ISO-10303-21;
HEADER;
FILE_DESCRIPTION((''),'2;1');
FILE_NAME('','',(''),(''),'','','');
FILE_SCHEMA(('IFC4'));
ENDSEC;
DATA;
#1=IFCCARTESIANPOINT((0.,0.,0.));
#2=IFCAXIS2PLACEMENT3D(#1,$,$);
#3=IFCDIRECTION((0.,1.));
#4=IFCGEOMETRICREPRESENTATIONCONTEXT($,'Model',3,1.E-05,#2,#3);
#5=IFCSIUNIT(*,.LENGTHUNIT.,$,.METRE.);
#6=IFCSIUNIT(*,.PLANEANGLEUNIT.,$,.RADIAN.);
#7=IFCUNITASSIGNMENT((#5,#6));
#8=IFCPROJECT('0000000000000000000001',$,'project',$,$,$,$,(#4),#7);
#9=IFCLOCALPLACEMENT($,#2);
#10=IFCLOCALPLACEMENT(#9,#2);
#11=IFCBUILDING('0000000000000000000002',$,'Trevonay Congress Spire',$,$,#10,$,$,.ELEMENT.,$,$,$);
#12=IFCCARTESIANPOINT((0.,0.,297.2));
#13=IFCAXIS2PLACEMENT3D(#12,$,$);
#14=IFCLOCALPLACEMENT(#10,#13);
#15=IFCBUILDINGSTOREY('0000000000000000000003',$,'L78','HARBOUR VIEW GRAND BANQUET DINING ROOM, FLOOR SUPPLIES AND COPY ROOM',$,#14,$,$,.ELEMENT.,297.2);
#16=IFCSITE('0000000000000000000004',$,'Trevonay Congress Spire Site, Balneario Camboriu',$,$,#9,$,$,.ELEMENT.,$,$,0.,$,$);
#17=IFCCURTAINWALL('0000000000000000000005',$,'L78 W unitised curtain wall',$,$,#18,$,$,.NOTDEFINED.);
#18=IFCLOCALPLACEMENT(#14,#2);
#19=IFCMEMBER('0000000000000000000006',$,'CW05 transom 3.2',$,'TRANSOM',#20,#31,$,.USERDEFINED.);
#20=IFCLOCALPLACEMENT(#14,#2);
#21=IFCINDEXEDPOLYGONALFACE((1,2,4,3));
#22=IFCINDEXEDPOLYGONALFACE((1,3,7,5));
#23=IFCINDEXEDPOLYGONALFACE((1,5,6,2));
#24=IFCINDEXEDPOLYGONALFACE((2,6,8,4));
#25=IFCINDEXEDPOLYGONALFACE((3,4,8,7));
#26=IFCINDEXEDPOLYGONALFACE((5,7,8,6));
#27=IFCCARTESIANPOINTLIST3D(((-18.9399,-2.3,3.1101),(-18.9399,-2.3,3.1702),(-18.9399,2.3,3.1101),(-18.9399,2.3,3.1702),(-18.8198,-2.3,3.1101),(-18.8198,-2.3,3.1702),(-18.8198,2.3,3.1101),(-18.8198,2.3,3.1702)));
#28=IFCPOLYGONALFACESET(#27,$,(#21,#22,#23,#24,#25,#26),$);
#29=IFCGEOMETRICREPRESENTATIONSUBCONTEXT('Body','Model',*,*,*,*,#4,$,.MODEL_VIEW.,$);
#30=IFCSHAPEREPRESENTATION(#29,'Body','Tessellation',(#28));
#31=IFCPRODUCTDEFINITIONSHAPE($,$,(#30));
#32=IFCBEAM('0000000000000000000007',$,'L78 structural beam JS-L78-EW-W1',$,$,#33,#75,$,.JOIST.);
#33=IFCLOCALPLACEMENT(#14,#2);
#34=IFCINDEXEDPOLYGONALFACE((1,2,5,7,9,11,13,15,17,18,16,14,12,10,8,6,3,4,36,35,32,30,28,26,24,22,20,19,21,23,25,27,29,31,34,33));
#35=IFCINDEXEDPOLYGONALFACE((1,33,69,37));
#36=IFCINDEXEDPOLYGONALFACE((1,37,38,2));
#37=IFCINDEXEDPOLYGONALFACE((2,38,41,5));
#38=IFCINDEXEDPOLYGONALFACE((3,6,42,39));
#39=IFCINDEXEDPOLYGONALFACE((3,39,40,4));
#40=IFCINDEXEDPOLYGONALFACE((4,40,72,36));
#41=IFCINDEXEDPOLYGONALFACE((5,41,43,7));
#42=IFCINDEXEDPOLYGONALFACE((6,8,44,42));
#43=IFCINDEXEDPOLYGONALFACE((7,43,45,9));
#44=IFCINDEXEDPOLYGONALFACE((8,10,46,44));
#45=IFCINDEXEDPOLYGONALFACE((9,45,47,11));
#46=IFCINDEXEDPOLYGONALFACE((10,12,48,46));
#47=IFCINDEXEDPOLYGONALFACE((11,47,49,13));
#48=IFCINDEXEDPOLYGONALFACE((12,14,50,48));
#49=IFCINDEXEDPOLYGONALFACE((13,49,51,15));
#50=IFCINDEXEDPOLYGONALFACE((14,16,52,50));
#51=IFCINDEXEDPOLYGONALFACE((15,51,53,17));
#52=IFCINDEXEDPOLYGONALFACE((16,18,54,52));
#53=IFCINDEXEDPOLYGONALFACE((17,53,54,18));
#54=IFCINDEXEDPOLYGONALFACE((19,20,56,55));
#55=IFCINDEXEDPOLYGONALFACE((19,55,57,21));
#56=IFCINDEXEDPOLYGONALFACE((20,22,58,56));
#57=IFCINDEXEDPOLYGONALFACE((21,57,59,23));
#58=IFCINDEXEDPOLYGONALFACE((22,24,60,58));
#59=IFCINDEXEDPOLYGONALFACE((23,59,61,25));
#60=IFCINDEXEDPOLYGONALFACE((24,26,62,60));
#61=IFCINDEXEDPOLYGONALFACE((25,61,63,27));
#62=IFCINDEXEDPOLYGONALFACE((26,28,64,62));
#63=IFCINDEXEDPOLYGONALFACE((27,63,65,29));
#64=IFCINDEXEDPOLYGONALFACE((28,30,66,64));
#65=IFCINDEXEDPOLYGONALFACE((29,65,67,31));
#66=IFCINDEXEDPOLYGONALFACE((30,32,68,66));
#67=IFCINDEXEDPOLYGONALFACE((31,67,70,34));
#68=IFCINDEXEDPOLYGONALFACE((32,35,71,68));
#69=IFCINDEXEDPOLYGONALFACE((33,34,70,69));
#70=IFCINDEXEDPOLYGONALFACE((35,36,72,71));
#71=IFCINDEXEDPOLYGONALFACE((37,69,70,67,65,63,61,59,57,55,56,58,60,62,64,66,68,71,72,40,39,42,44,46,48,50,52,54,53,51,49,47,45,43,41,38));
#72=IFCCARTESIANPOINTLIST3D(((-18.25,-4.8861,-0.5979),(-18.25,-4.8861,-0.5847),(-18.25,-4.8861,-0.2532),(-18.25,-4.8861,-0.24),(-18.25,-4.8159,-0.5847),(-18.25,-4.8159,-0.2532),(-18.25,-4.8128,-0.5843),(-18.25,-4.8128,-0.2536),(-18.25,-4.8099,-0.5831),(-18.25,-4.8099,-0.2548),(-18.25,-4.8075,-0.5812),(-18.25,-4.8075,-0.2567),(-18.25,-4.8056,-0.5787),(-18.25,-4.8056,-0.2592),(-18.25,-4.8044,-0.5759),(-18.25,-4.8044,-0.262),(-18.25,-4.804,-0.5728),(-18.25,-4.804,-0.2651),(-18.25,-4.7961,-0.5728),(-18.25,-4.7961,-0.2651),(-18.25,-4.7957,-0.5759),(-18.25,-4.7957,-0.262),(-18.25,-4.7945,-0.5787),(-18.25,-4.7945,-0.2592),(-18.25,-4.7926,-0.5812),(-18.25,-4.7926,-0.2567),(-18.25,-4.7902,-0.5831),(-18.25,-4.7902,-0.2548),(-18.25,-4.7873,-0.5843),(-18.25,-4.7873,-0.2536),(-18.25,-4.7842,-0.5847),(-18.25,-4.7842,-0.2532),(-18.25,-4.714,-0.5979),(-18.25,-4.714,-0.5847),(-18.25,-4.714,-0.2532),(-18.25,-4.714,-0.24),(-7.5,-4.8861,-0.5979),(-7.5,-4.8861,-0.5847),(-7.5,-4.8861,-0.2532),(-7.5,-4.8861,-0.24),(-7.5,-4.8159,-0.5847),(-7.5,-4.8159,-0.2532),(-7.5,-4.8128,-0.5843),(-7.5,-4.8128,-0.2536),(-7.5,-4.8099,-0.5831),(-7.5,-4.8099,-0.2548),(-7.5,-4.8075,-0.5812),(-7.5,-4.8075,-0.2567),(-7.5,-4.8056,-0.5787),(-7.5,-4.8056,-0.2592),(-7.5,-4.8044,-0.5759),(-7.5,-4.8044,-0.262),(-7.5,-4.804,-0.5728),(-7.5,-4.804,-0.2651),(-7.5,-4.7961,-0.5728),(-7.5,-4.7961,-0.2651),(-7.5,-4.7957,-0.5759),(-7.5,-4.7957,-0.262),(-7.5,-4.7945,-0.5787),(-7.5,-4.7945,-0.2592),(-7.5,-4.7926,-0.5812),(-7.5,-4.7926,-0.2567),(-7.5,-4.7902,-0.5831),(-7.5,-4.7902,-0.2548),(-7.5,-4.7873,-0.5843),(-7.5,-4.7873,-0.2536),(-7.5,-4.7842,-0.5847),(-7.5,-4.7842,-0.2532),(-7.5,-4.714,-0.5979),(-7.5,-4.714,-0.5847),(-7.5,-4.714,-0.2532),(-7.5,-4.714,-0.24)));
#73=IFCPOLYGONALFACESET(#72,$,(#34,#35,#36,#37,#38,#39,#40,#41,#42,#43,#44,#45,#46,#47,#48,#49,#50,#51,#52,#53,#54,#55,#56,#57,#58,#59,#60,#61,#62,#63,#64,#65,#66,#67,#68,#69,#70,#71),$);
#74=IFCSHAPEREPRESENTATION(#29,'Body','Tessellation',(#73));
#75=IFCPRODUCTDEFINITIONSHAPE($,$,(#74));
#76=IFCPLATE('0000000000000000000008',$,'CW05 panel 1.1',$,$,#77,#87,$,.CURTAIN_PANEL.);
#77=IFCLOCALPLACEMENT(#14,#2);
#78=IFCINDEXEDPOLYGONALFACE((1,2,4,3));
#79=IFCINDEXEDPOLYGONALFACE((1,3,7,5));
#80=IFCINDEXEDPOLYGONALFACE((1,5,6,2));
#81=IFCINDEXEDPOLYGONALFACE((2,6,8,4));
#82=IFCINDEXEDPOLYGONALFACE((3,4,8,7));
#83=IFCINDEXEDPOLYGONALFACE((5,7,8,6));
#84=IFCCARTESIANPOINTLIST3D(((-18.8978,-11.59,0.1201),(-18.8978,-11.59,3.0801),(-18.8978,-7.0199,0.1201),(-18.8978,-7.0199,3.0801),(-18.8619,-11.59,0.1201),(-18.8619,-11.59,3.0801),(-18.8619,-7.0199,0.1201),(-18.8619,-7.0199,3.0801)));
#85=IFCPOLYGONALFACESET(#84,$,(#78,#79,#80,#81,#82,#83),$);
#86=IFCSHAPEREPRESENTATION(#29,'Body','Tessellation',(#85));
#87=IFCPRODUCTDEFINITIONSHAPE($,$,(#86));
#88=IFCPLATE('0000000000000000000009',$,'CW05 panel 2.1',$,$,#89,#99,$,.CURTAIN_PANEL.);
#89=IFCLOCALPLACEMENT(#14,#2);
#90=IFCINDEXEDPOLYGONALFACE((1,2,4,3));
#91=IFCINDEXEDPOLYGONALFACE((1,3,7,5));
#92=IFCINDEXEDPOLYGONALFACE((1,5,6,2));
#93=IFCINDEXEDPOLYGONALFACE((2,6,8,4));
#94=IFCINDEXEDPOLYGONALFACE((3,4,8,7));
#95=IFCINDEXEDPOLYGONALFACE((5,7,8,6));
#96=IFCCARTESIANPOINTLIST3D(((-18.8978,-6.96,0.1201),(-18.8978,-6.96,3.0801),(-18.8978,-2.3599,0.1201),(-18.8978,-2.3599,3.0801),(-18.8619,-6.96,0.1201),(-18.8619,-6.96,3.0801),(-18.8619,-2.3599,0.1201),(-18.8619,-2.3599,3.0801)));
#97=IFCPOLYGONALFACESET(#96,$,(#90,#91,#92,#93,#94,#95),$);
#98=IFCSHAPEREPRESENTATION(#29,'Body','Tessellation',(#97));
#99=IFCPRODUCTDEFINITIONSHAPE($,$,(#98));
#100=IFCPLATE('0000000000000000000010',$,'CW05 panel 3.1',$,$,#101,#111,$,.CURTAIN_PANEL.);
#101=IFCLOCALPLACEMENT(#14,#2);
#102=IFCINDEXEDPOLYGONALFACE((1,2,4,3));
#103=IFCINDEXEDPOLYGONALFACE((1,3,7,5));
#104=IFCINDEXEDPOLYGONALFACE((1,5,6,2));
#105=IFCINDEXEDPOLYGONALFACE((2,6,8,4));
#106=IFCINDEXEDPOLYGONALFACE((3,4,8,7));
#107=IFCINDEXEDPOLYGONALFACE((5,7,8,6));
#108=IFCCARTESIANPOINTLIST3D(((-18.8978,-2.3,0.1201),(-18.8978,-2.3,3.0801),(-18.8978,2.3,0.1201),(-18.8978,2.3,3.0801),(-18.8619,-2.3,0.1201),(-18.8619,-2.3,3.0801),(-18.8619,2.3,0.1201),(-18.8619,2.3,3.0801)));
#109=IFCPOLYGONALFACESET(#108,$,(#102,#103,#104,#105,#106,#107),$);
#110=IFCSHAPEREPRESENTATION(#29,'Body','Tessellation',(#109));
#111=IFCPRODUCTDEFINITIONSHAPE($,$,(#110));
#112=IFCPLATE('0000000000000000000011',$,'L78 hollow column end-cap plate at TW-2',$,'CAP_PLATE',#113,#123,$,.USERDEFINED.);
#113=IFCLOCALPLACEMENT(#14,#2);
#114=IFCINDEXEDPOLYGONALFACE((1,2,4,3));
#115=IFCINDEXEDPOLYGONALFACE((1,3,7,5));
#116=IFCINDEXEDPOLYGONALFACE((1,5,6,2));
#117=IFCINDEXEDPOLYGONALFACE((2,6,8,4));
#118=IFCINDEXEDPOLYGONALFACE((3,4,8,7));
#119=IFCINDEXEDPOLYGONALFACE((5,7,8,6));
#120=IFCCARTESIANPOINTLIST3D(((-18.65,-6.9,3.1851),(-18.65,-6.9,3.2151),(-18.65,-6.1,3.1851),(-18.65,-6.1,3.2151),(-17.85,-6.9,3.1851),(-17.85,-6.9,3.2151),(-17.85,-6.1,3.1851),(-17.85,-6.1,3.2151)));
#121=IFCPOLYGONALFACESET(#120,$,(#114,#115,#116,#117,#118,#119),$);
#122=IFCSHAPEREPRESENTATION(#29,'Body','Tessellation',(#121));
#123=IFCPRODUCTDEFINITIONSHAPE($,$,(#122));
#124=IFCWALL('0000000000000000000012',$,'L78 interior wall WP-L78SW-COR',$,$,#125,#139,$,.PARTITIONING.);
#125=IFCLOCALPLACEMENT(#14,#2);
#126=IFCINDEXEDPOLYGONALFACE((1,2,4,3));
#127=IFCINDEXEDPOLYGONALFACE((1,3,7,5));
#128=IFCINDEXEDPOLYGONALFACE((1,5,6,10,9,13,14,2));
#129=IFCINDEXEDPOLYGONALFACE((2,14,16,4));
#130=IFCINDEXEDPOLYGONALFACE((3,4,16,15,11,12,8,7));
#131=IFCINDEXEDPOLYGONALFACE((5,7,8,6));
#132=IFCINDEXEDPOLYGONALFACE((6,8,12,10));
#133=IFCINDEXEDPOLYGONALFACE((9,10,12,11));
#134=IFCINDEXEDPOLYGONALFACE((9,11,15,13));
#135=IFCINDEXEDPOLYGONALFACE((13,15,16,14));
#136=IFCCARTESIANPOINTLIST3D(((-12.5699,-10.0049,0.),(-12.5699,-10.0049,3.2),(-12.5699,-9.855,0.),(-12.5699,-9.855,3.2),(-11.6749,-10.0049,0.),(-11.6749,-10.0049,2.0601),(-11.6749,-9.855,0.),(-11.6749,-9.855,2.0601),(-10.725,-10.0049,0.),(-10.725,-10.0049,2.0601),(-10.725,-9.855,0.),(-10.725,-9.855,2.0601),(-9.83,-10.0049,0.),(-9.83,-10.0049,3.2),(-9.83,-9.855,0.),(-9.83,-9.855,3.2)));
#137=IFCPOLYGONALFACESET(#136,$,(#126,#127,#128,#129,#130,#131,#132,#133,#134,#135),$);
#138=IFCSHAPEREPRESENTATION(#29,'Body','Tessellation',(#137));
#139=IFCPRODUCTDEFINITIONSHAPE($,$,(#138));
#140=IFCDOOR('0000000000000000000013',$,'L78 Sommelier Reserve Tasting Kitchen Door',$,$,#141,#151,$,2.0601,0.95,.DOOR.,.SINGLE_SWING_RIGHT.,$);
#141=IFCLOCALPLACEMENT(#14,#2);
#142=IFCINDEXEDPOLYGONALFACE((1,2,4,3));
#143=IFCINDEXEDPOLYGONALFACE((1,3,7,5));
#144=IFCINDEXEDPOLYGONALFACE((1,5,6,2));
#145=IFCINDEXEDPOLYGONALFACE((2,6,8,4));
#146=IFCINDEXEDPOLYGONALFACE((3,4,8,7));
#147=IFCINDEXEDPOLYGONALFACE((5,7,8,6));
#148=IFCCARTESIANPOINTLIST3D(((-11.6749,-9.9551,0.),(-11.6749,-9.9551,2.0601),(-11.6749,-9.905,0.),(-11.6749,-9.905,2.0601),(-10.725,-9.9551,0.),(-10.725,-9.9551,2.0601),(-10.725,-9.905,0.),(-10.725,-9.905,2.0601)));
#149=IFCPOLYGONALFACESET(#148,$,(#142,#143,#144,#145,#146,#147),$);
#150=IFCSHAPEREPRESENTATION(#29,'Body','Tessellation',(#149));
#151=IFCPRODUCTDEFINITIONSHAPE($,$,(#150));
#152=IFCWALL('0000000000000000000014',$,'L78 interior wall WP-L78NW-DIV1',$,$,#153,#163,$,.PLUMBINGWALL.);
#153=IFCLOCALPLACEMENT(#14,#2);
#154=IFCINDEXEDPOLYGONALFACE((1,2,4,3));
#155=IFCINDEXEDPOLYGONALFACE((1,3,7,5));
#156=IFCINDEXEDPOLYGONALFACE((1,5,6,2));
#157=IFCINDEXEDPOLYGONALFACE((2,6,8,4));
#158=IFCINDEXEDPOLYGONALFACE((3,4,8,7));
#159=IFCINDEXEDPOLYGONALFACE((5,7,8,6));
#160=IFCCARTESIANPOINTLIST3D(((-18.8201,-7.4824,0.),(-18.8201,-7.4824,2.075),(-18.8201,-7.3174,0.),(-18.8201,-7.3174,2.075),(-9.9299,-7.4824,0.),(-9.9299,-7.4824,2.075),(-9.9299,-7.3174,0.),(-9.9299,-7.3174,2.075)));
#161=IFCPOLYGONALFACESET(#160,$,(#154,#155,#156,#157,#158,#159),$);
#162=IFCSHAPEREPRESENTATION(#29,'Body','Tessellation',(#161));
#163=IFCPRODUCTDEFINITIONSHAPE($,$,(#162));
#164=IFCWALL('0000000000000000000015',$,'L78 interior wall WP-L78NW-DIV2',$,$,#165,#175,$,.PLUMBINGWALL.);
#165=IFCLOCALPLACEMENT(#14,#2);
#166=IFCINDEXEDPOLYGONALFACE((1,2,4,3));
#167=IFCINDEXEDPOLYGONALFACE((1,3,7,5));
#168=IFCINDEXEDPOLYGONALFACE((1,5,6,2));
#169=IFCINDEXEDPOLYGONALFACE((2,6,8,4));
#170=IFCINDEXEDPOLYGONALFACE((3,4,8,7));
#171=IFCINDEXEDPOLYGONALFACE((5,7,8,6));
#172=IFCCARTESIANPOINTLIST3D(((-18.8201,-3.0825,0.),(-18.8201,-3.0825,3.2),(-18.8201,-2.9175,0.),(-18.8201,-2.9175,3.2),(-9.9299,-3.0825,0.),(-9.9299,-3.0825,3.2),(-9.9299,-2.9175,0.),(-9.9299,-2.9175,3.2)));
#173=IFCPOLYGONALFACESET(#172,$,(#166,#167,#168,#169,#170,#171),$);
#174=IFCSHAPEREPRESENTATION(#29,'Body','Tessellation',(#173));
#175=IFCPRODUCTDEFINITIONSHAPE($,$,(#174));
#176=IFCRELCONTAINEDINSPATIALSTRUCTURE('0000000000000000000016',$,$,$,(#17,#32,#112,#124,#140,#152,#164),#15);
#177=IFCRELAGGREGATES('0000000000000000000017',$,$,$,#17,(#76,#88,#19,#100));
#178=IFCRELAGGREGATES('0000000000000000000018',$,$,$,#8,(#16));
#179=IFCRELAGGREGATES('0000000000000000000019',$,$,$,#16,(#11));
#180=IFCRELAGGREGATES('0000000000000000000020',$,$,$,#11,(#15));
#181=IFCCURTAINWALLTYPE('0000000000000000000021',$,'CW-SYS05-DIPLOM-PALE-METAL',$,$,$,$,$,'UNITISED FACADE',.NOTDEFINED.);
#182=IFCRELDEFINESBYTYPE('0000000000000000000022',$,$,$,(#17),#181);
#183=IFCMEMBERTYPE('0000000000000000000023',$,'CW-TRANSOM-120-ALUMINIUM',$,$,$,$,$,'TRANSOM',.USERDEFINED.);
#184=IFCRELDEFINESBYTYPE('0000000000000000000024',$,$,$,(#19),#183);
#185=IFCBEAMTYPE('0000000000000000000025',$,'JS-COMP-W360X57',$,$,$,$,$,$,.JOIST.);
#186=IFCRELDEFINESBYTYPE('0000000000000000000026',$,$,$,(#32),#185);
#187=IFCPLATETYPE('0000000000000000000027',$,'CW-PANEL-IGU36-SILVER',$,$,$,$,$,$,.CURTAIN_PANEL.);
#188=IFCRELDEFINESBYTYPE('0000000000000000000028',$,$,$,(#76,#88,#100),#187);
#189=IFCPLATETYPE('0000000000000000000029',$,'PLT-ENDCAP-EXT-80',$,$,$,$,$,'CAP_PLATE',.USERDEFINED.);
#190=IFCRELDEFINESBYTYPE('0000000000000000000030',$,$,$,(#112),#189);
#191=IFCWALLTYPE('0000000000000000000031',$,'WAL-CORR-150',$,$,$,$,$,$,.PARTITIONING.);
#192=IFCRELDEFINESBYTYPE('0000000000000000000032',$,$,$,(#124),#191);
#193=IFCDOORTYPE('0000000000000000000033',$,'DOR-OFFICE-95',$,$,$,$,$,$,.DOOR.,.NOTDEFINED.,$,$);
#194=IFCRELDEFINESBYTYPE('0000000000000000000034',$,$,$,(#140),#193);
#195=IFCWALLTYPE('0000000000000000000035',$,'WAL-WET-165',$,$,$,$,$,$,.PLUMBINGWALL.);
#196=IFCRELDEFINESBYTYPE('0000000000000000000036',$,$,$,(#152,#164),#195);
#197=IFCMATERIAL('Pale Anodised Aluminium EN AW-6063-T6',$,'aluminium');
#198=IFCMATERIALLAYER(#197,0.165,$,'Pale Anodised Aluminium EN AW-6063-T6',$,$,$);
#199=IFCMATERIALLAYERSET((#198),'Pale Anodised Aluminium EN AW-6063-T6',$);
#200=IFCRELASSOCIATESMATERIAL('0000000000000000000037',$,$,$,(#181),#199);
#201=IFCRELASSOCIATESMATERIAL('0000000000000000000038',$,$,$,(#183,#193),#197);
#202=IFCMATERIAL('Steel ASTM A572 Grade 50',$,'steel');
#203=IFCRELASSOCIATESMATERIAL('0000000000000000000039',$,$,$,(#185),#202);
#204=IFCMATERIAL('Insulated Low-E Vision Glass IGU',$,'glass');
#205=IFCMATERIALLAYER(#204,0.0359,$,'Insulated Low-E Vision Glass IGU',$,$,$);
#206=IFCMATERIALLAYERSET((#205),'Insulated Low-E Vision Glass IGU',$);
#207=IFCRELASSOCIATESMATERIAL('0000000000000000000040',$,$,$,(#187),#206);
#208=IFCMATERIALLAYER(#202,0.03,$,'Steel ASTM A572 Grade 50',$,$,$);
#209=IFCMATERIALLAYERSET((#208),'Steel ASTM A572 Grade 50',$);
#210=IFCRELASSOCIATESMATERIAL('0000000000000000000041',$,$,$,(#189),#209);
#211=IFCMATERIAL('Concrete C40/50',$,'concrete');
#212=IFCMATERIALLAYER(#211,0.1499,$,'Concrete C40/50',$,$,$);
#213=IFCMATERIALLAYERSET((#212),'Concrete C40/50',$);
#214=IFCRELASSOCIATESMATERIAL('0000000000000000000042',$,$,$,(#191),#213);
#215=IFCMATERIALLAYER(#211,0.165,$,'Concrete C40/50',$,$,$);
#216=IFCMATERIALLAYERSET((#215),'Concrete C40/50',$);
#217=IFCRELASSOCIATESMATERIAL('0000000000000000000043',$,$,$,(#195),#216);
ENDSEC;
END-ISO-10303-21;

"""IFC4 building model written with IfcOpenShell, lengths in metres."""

from ifc_helpers import new_model, si_unit, direction, frame, frame_2d, origin, origin_2d, place, context, subcontext, project, spatial, rectangle, i_section, extrude, material, layer, layer_set, material_profile, profile_set, type_object, element, fill, aggregate, save


model = new_model("IFC4")

# Units and contexts
model_context = context("Model", 3, precision=1e-05, world=origin(), true_north=direction((0.0, 1.0)))
body_context = subcontext(model_context, "Body", "Model", "MODEL_VIEW")
ifc_project = project(units=[si_unit("LENGTHUNIT", "METRE"), si_unit("PLANEANGLEUNIT", "RADIAN")], contexts=[model_context])

# Site, building, storey
site_placement = place(None, origin())
site = spatial("IfcSite", under=ifc_project, at=site_placement, Name="Trevonay Congress Spire Site, Balneario Camboriu", CompositionType="ELEMENT", RefElevation=0.0)
building_placement = place(site_placement, origin())
building = spatial("IfcBuilding", under=site, at=building_placement, Name="Trevonay Congress Spire", CompositionType="ELEMENT")
storey_placement = place(building_placement, frame((0.0, 0.0, 297.2)))
storey = spatial("IfcBuildingStorey", under=building, at=storey_placement, Name="L78", Description="HARBOUR VIEW GRAND BANQUET DINING ROOM, FLOOR SUPPLIES AND COPY ROOM", CompositionType="ELEMENT", Elevation=297.2)

# Shared definitions
ifc_material_1 = material(Name="Steel ASTM A572 Grade 50", Category="steel")

# Curtain wall, member
ifc_material_2 = material(Name="Pale Anodised Aluminium EN AW-6063-T6", Category="aluminium")
ifc_layer_1 = layer(ifc_material_2, 0.165, Name="Pale Anodised Aluminium EN AW-6063-T6")
ifc_layer_set_1 = layer_set([ifc_layer_1], Name="Pale Anodised Aluminium EN AW-6063-T6")
curtain_wall_type = type_object("IfcCurtainWallType", Name="CW-SYS05-DIPLOM-PALE-METAL", ElementType="UNITISED FACADE", PredefinedType="NOTDEFINED", material=ifc_layer_set_1)
curtain_wall_placement = place(storey_placement, origin())
curtain_wall = element("IfcCurtainWall", 1, at=curtain_wall_placement, inside=storey, type_object=curtain_wall_type, Name="L78 W unitised curtain wall", PredefinedType="NOTDEFINED")
ifc_material_profile_1 = material_profile(ifc_material_2, rectangle(XDim=0.1201, YDim=0.0601, at=origin_2d()), Name="CW-TRANSOM-120-ALUMINIUM")
ifc_profile_set_1 = profile_set([ifc_material_profile_1], Name="Pale Anodised Aluminium EN AW-6063-T6")
member_type_1 = type_object("IfcMemberType", Name="CW-TRANSOM-120-ALUMINIUM", ElementType="TRANSOM", PredefinedType="USERDEFINED", material=ifc_profile_set_1)
member_1_placement = place(storey_placement, frame((-18.8799, -2.3, 3.1401), z_axis=(0.0, 1.0, 0.0), x_axis=(-1.0, 0.0, 0.0)))
member_1 = element("IfcMember", 2, at=member_1_placement, type_object=member_type_1, Name="CW05 transom 3.2", ObjectType="TRANSOM", PredefinedType="USERDEFINED", context=body_context, shape_type="SweptSolid", body=[
    extrude(rectangle(XDim=0.1201, YDim=0.0601, at=origin_2d()), origin(), (0.0, 0.0, 1.0), 4.6001),
])

# Beam
ifc_material_profile_2 = material_profile(ifc_material_1, i_section(OverallWidth=0.1721, OverallDepth=0.3579, WebThickness=0.0078, FlangeThickness=0.0132, FilletRadius=0.012, at=origin_2d()), Name="W360x57.8")
ifc_profile_set_2 = profile_set([ifc_material_profile_2], Name="Steel ASTM A572 Grade 50")
beam_type_1 = type_object("IfcBeamType", Name="JS-COMP-W360X57", PredefinedType="JOIST", material=ifc_profile_set_2)
beam_1_placement = place(storey_placement, frame((-18.25, -4.8, -0.4189), z_axis=(1.0, 0.0, 0.0), x_axis=(0.0, 1.0, 0.0)))
element("IfcBeam", 3, at=beam_1_placement, inside=storey, type_object=beam_type_1, Name="L78 structural beam JS-L78-EW-W1", PredefinedType="JOIST", context=body_context, shape_type="SweptSolid", body=[
    extrude(i_section(OverallWidth=0.1721, OverallDepth=0.3579, WebThickness=0.0078, FlangeThickness=0.0132, FilletRadius=0.012, at=origin_2d()), origin(), (0.0, 0.0, 1.0), 10.75),
])

# Plates
ifc_material_3 = material(Name="Insulated Low-E Vision Glass IGU", Category="glass")
ifc_layer_2 = layer(ifc_material_3, 0.0359, Name="Insulated Low-E Vision Glass IGU")
ifc_layer_set_2 = layer_set([ifc_layer_2], Name="Insulated Low-E Vision Glass IGU")
plate_type_1 = type_object("IfcPlateType", Name="CW-PANEL-IGU36-SILVER", PredefinedType="CURTAIN_PANEL", material=ifc_layer_set_2)
plate_1_placement = place(storey_placement, frame((-18.8799, -9.3049, 0.1201), z_axis=(0.0, 0.0, 1.0), x_axis=(0.0, 1.0, 0.0)))
plate_1 = element("IfcPlate", 4, at=plate_1_placement, type_object=plate_type_1, Name="CW05 panel 1.1", PredefinedType="CURTAIN_PANEL", context=body_context, shape_type="SweptSolid", body=[
    extrude(rectangle(XDim=4.5701, YDim=0.0359, at=origin_2d()), origin(), (0.0, 0.0, 1.0), 2.96),
])
plate_2_placement = place(storey_placement, frame((-18.8799, -4.6599, 0.1201), z_axis=(0.0, 0.0, 1.0), x_axis=(0.0, 1.0, 0.0)))
plate_2 = element("IfcPlate", 5, at=plate_2_placement, type_object=plate_type_1, Name="CW05 panel 2.1", PredefinedType="CURTAIN_PANEL", context=body_context, shape_type="SweptSolid", body=[
    extrude(rectangle(XDim=4.6001, YDim=0.0359, at=origin_2d()), origin(), (0.0, 0.0, 1.0), 2.96),
])
plate_3_placement = place(storey_placement, frame((-18.8799, 0.0, 0.1201), z_axis=(0.0, 0.0, 1.0), x_axis=(0.0, 1.0, 0.0)))
plate_3 = element("IfcPlate", 6, at=plate_3_placement, type_object=plate_type_1, Name="CW05 panel 3.1", PredefinedType="CURTAIN_PANEL", context=body_context, shape_type="SweptSolid", body=[
    extrude(rectangle(XDim=4.6001, YDim=0.0359, at=origin_2d()), origin(), (0.0, 0.0, 1.0), 2.96),
])
aggregate(curtain_wall, [plate_1, plate_2, member_1, plate_3])
ifc_layer_3 = layer(ifc_material_1, 0.03, Name="Steel ASTM A572 Grade 50")
ifc_layer_set_3 = layer_set([ifc_layer_3], Name="Steel ASTM A572 Grade 50")
plate_type_2 = type_object("IfcPlateType", Name="PLT-ENDCAP-EXT-80", ElementType="CAP_PLATE", PredefinedType="USERDEFINED", material=ifc_layer_set_3)
plate_4_placement = place(storey_placement, frame((-18.25, -6.5, 3.1851), z_axis=(0.0, 0.0, 1.0), x_axis=(1.0, 0.0, 0.0)))
element("IfcPlate", 7, at=plate_4_placement, inside=storey, type_object=plate_type_2, Name="L78 hollow column end-cap plate at TW-2", ObjectType="CAP_PLATE", PredefinedType="USERDEFINED", context=body_context, shape_type="SweptSolid", body=[
    extrude(rectangle(XDim=0.8, YDim=0.8, at=origin_2d()), origin(), (0.0, 0.0, 1.0), 0.03),
])

# Wall, opening, door
ifc_material_4 = material(Name="Concrete C40/50", Category="concrete")
ifc_layer_4 = layer(ifc_material_4, 0.1499, Name="Concrete C40/50")
ifc_layer_set_4 = layer_set([ifc_layer_4], Name="Concrete C40/50")
wall_type_1 = type_object("IfcWallType", Name="WAL-CORR-150", PredefinedType="PARTITIONING", material=ifc_layer_set_4)
wall_1_placement = place(storey_placement, frame((-12.5701, -9.9299, 0.0), z_axis=(0.0, 0.0, 1.0), x_axis=(1.0, 0.0, 0.0)))
wall_1 = element("IfcWall", 8, at=wall_1_placement, inside=storey, type_object=wall_type_1, Name="L78 interior wall WP-L78SW-COR", PredefinedType="PARTITIONING", context=body_context, shape_type="SweptSolid", body=[
    extrude(rectangle(XDim=2.74, YDim=0.1499, at=frame_2d((1.3701, 0.0))), origin(), (0.0, 0.0, 1.0), 3.2),
])
opening_placement = place(wall_1_placement, frame((0.895, 0.0, 0.0)))
opening = element("IfcOpeningElement", 9, at=opening_placement, cuts=wall_1, PredefinedType="OPENING", context=body_context, shape_type="SweptSolid", body=[
    extrude(rectangle(XDim=0.95, YDim=2.0601, at=frame_2d((0.4751, 1.03))), frame((0.0, 0.085, 0.0), z_axis=(0.0, -1.0, 0.0), x_axis=(1.0, 0.0, 0.0)), (0.0, 0.0, 1.0), 0.1699),
])
door_type = type_object("IfcDoorType", Name="DOR-OFFICE-95", OperationType="NOTDEFINED", PredefinedType="DOOR", material=ifc_material_2)
door_placement = place(opening_placement, origin())
door = element("IfcDoor", 10, at=door_placement, inside=storey, type_object=door_type, Name="L78 Sommelier Reserve Tasting Kitchen Door", OperationType="SINGLE_SWING_RIGHT", OverallHeight=2.0601, OverallWidth=0.95, PredefinedType="DOOR", context=body_context, shape_type="SweptSolid", body=[
    extrude(rectangle(XDim=0.95, YDim=2.0601, at=frame_2d((0.4751, 1.03))), frame((0.0, 0.0249, 0.0), z_axis=(0.0, -1.0, 0.0), x_axis=(1.0, 0.0, 0.0)), (0.0, 0.0, 1.0), 0.05),
])
fill(opening, door)

# Walls
ifc_layer_5 = layer(ifc_material_4, 0.165, Name="Concrete C40/50")
ifc_layer_set_5 = layer_set([ifc_layer_5], Name="Concrete C40/50")
wall_type_2 = type_object("IfcWallType", Name="WAL-WET-165", PredefinedType="PLUMBINGWALL", material=ifc_layer_set_5)
wall_2_placement = place(storey_placement, frame((-18.8201, -7.3999, 0.0), z_axis=(0.0, 0.0, 1.0), x_axis=(1.0, 0.0, 0.0)))
element("IfcWall", 11, at=wall_2_placement, inside=storey, type_object=wall_type_2, Name="L78 interior wall WP-L78NW-DIV1", PredefinedType="PLUMBINGWALL", context=body_context, shape_type="SweptSolid", body=[
    extrude(rectangle(XDim=8.8901, YDim=0.165, at=frame_2d((4.4451, 0.0))), origin(), (0.0, 0.0, 1.0), 2.075),
])
wall_3_placement = place(storey_placement, frame((-18.8201, -3.0, 0.0), z_axis=(0.0, 0.0, 1.0), x_axis=(1.0, 0.0, 0.0)))
element("IfcWall", 12, at=wall_3_placement, inside=storey, type_object=wall_type_2, Name="L78 interior wall WP-L78NW-DIV2", PredefinedType="PLUMBINGWALL", context=body_context, shape_type="SweptSolid", body=[
    extrude(rectangle(XDim=8.8901, YDim=0.165, at=frame_2d((4.4451, 0.0))), origin(), (0.0, 0.0, 1.0), 3.2),
])

save(model, "model.ifc")
